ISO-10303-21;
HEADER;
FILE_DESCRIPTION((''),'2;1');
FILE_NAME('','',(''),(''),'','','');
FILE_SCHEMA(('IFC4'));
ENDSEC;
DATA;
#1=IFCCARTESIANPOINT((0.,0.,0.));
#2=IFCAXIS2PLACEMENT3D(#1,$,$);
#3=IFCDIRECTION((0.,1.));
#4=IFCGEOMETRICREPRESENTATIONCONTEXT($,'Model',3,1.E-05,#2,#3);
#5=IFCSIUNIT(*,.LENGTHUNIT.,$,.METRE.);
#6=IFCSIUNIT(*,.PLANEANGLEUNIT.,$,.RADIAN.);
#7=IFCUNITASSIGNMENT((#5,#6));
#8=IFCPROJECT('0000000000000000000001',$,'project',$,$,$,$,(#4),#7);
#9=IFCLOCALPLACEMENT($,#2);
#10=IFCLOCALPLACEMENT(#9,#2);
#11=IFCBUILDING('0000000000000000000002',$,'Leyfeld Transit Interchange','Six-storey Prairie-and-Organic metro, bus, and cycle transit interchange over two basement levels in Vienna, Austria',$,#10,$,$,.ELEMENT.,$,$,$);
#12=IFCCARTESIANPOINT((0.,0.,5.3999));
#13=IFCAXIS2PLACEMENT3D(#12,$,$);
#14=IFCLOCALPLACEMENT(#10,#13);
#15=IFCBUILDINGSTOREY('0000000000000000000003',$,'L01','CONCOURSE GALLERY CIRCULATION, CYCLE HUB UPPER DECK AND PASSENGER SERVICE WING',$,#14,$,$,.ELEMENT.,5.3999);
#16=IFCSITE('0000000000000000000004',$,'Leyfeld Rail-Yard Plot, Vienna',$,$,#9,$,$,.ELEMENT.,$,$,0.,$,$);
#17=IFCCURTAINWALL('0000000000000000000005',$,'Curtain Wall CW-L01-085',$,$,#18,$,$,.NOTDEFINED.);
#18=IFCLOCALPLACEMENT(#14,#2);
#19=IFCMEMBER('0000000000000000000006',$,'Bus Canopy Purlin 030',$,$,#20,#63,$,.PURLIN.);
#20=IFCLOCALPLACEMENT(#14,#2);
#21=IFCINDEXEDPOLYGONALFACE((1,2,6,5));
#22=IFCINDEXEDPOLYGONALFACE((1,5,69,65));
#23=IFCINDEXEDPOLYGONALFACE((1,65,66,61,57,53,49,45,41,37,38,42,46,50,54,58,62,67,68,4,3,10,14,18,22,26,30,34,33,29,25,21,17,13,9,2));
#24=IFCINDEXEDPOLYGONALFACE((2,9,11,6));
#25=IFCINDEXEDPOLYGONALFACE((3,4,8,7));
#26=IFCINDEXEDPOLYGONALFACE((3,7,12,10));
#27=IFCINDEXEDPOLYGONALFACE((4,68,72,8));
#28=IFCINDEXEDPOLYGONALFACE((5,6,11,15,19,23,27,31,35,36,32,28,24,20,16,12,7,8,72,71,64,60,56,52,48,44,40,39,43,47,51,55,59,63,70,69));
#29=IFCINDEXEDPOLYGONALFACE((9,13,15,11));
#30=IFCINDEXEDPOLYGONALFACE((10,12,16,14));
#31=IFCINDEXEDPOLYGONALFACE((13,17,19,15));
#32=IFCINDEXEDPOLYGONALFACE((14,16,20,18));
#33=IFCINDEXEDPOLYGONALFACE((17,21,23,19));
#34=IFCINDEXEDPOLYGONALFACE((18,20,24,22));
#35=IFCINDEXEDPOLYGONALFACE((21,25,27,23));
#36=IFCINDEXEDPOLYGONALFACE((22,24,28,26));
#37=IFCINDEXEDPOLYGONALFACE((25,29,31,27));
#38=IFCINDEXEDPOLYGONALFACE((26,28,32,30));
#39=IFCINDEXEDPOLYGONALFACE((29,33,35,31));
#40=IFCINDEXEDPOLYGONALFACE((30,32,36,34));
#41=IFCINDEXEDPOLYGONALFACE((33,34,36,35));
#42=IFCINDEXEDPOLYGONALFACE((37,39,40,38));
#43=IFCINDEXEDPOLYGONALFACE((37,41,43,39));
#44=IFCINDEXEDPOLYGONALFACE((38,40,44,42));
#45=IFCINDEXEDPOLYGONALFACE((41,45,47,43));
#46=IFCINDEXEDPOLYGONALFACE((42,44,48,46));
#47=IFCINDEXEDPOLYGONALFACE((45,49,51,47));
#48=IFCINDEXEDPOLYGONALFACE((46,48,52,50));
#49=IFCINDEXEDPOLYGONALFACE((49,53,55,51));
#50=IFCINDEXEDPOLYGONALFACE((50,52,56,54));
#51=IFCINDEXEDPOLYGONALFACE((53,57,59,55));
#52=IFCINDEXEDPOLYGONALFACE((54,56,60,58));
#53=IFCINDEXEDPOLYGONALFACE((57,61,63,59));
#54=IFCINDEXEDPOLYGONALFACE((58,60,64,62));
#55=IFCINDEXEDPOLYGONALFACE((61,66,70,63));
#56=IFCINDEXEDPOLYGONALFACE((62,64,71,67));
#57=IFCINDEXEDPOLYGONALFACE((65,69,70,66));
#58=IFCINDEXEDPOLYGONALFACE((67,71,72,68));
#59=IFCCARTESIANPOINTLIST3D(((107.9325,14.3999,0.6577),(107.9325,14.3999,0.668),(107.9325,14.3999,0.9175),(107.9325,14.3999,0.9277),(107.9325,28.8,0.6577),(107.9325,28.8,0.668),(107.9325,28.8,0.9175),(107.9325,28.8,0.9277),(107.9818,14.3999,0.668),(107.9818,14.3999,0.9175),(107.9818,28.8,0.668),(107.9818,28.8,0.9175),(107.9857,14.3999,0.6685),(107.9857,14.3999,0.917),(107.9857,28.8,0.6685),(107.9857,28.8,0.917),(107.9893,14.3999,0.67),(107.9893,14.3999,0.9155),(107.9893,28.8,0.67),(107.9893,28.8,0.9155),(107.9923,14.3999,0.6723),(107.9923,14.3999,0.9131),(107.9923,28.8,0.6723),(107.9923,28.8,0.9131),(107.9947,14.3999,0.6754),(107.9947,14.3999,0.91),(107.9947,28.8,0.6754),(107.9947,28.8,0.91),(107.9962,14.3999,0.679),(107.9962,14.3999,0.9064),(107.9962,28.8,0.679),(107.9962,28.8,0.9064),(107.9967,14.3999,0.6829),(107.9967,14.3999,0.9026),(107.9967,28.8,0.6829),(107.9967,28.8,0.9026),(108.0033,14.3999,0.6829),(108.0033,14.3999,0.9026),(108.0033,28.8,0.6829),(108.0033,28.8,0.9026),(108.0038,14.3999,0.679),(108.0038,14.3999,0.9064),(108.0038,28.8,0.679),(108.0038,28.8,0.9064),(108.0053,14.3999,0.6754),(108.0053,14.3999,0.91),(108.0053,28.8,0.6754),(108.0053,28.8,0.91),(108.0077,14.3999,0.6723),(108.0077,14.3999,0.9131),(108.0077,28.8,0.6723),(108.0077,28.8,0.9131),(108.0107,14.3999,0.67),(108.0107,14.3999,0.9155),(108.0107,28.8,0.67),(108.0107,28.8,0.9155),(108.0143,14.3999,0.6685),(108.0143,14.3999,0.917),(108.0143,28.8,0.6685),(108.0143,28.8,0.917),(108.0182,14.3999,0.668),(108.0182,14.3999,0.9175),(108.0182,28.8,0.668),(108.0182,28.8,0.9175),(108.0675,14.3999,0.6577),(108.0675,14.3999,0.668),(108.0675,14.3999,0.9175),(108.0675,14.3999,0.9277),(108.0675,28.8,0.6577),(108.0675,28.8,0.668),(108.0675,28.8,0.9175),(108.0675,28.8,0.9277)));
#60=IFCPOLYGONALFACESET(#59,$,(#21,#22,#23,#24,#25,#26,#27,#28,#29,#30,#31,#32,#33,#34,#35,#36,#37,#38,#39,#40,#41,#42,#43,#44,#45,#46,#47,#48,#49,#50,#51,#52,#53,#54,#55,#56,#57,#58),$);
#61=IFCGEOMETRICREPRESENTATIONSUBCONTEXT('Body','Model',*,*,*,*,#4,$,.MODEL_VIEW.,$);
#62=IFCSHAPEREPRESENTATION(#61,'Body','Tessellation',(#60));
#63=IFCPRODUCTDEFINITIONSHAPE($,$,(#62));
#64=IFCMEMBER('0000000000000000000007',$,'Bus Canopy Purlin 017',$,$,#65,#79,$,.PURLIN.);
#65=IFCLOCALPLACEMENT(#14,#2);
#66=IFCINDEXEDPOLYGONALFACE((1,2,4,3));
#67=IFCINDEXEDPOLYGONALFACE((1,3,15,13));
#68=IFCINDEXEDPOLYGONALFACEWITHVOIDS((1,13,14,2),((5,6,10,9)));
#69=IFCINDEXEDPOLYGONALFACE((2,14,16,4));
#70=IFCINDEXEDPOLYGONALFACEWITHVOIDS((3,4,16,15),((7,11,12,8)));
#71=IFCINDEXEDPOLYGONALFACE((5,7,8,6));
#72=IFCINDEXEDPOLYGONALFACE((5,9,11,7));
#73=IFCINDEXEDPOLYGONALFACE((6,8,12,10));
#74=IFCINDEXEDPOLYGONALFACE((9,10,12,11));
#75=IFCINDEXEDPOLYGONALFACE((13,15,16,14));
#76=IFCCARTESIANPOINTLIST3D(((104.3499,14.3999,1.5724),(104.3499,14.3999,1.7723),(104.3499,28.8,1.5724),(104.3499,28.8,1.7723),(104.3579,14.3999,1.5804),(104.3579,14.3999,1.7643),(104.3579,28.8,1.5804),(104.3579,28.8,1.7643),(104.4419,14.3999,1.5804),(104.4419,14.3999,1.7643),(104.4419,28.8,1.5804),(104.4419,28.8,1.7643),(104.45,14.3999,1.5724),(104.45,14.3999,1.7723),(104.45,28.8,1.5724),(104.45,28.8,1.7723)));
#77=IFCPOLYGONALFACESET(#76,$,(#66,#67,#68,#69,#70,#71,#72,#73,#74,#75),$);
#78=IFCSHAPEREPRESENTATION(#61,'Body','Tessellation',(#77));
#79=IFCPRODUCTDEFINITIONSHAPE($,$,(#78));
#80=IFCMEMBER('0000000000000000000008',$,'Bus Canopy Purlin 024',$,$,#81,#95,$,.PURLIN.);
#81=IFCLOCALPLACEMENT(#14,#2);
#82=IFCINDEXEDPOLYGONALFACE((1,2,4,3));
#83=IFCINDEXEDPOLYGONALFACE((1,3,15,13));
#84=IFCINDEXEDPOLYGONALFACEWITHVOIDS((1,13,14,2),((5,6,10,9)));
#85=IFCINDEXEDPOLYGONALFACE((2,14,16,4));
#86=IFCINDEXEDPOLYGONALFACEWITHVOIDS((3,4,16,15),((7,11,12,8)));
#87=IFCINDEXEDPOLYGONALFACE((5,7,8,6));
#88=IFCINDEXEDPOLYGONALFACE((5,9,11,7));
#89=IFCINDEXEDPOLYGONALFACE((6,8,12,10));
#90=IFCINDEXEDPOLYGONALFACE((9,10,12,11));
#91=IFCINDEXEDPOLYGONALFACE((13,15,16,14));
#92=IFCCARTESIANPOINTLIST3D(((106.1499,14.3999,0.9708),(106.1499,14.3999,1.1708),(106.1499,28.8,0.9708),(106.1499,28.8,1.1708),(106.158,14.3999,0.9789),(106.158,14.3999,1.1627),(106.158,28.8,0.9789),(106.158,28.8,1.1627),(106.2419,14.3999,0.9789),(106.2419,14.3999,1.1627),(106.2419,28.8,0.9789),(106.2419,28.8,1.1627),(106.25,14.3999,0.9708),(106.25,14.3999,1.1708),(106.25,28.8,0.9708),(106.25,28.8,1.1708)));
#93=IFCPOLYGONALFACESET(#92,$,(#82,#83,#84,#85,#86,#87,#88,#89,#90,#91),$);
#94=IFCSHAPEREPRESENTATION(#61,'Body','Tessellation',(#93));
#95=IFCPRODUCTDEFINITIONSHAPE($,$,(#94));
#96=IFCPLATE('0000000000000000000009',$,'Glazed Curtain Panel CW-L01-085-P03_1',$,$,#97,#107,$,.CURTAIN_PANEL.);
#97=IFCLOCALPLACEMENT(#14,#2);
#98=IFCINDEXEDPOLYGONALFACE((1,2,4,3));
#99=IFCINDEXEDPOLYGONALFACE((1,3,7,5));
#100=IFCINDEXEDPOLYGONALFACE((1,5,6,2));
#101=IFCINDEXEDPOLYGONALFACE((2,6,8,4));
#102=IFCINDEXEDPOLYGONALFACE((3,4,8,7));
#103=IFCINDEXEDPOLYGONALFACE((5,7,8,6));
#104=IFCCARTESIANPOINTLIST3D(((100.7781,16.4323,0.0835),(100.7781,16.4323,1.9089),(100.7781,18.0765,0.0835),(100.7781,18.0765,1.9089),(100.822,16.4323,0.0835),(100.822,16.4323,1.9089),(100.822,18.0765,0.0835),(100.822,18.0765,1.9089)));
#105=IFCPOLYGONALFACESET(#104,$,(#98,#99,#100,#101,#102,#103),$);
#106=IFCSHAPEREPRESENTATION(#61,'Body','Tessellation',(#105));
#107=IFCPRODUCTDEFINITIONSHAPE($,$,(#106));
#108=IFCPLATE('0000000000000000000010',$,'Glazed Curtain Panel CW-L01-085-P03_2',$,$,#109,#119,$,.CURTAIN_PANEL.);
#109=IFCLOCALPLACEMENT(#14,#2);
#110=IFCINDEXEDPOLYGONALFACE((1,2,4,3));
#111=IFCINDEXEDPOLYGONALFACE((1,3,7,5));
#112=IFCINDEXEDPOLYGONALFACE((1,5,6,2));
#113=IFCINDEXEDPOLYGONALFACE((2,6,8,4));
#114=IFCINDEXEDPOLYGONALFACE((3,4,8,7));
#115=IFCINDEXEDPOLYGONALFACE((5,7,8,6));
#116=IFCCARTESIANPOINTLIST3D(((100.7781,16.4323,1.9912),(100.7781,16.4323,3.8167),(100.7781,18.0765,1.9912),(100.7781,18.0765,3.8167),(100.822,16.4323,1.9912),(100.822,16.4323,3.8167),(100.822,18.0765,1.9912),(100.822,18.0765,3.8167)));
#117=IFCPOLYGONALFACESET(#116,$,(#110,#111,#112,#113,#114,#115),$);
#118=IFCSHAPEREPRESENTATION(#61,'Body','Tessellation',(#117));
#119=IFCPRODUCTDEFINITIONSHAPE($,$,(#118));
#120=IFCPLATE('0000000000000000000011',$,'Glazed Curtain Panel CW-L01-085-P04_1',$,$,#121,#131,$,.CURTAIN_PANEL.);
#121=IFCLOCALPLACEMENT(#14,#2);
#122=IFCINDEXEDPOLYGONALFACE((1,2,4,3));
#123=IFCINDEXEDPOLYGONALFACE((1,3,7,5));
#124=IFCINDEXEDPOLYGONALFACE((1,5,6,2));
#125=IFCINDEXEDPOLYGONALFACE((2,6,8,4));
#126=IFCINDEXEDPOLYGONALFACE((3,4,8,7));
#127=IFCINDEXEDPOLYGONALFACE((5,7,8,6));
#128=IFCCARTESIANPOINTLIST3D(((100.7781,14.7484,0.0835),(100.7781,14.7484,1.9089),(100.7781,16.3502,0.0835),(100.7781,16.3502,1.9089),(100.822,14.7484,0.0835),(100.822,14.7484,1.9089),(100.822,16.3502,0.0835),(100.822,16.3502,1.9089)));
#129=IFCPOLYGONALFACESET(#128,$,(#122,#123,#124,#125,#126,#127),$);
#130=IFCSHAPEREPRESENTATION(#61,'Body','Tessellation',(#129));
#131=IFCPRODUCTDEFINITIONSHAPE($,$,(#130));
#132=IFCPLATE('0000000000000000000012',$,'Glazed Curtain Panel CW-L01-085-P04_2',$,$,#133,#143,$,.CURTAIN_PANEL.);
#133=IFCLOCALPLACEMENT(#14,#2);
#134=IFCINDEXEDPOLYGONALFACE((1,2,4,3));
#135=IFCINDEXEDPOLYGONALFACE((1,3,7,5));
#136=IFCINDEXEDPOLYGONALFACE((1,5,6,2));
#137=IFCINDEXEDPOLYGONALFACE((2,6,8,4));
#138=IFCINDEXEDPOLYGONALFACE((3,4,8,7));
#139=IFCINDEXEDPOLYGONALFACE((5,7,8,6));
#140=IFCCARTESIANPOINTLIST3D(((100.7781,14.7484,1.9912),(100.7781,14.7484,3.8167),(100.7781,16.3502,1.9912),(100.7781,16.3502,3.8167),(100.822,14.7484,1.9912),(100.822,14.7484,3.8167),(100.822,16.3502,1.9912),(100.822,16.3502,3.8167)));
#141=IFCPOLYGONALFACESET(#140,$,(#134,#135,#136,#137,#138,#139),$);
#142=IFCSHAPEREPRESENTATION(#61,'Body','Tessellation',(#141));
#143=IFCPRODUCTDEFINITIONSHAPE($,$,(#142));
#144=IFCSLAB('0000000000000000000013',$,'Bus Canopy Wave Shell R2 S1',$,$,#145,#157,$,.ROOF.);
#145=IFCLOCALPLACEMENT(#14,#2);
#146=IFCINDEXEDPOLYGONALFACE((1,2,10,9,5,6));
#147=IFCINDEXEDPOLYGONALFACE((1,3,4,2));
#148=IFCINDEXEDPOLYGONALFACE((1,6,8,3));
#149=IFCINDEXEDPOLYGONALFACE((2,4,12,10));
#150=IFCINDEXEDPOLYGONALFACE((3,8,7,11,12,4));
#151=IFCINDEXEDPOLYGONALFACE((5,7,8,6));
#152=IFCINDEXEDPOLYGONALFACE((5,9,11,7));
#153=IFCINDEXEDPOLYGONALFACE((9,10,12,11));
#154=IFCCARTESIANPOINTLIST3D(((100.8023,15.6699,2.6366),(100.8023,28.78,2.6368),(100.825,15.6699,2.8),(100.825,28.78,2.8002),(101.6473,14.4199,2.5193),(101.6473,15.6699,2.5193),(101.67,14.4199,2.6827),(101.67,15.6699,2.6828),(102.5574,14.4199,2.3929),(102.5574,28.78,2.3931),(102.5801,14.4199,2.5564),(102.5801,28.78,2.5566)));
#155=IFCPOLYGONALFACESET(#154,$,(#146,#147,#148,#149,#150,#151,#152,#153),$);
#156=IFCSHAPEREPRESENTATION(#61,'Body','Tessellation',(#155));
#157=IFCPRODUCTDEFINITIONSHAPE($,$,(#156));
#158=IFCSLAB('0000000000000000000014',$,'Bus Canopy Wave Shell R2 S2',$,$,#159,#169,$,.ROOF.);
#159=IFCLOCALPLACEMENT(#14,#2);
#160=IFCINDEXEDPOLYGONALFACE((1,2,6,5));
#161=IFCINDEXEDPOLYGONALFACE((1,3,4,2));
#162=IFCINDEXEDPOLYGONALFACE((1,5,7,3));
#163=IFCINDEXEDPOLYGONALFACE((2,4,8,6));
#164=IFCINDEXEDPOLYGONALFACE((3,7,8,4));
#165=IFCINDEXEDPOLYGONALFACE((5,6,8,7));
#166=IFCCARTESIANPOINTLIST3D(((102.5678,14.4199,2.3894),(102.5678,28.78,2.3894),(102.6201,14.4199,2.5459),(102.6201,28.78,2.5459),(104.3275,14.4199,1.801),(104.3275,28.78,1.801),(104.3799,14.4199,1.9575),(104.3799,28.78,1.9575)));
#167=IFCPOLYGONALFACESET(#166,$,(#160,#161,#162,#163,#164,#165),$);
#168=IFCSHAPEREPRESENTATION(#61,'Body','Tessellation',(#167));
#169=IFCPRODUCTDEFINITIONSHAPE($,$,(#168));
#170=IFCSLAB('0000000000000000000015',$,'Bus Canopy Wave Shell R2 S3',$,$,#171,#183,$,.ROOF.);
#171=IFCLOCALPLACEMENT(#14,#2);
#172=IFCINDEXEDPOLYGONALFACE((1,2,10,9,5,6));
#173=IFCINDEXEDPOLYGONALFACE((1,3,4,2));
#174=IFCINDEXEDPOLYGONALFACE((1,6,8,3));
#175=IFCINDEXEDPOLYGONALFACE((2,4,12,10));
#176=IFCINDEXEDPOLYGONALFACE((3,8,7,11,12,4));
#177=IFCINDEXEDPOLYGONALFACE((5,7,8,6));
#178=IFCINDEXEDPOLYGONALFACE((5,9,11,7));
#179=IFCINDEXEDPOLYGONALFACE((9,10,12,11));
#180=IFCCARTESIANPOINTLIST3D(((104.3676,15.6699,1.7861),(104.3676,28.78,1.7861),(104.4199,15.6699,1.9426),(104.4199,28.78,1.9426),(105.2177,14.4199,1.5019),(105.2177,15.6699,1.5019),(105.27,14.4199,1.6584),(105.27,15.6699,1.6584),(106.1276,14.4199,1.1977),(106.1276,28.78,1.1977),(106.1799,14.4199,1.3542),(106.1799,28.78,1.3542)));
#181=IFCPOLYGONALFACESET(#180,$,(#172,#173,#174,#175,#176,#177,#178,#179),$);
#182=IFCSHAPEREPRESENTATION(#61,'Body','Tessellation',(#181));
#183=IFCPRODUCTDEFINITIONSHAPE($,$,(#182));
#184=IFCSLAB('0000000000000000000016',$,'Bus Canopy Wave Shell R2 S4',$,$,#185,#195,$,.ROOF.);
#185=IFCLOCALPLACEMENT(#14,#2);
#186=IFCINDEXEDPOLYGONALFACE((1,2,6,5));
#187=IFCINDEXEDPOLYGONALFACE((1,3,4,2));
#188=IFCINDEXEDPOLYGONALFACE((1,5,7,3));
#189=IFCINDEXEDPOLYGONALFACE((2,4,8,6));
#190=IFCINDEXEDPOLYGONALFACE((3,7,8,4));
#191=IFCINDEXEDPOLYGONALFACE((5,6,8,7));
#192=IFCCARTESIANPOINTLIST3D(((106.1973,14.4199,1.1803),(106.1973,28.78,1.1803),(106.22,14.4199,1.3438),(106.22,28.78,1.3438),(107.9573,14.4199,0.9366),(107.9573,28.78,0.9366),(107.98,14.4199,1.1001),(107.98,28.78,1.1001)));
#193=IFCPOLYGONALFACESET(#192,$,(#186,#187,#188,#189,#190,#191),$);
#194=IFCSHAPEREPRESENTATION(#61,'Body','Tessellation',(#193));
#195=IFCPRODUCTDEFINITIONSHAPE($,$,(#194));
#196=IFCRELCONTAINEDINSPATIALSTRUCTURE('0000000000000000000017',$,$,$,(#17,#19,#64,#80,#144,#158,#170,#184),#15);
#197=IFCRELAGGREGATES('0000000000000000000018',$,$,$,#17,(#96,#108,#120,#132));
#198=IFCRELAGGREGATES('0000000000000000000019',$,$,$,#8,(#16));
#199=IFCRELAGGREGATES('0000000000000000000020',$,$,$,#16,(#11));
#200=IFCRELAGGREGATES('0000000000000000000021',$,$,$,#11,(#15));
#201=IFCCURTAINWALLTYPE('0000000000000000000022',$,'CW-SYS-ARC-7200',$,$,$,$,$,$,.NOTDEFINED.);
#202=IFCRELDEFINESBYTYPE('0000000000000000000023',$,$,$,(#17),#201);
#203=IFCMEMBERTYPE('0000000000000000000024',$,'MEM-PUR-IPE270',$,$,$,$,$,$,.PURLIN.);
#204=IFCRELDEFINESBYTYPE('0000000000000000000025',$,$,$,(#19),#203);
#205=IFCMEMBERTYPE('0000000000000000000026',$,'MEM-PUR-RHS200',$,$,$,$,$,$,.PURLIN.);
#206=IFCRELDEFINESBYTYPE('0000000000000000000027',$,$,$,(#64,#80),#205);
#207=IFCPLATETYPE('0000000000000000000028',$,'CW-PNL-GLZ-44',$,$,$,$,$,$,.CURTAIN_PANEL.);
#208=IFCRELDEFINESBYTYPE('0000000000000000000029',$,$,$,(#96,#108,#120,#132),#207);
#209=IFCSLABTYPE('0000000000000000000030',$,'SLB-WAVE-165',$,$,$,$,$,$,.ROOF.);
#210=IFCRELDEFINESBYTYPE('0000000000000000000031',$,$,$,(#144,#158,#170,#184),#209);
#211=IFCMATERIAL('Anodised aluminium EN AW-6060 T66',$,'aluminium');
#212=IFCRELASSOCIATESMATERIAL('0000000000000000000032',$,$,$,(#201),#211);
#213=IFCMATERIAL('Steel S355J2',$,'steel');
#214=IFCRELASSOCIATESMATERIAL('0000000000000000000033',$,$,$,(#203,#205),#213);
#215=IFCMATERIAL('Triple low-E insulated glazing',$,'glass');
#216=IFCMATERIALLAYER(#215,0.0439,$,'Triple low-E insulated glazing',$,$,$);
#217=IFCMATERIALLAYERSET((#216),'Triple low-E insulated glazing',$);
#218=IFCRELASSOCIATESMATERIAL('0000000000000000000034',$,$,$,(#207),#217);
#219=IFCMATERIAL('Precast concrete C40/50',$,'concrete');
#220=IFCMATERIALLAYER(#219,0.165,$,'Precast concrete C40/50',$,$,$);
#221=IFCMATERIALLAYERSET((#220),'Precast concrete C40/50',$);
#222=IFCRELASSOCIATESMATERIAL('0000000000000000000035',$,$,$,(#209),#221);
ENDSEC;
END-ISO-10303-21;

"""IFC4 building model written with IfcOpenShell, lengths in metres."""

from ifc_helpers import new_model, si_unit, direction, frame, origin, origin_2d, place, context, subcontext, project, spatial, polyline, rectangle, hollow_rectangle, i_section, outline, extrude, material, layer, layer_set, material_profile, profile_set, type_object, element, aggregate, save


model = new_model("IFC4")

# Units and contexts
model_context = context("Model", 3, precision=1e-05, world=origin(), true_north=direction((0.0, 1.0)))
body_context = subcontext(model_context, "Body", "Model", "MODEL_VIEW")
ifc_project = project(units=[si_unit("LENGTHUNIT", "METRE"), si_unit("PLANEANGLEUNIT", "RADIAN")], contexts=[model_context])

# Site, building, storey
site_placement = place(None, origin())
site = spatial("IfcSite", under=ifc_project, at=site_placement, Name="Leyfeld Rail-Yard Plot, Vienna", CompositionType="ELEMENT", RefElevation=0.0)
building_placement = place(site_placement, origin())
building = spatial("IfcBuilding", under=site, at=building_placement, Name="Leyfeld Transit Interchange", Description="Six-storey Prairie-and-Organic metro, bus, and cycle transit interchange over two basement levels in Vienna, Austria", CompositionType="ELEMENT")
storey_placement = place(building_placement, frame((0.0, 0.0, 5.3999)))
storey = spatial("IfcBuildingStorey", under=building, at=storey_placement, Name="L01", Description="CONCOURSE GALLERY CIRCULATION, CYCLE HUB UPPER DECK AND PASSENGER SERVICE WING", CompositionType="ELEMENT", Elevation=5.3999)

# Curtain wall
ifc_material_1 = material(Name="Anodised aluminium EN AW-6060 T66", Category="aluminium")
curtain_wall_type = type_object("IfcCurtainWallType", Name="CW-SYS-ARC-7200", PredefinedType="NOTDEFINED", material=ifc_material_1)
curtain_wall_placement = place(storey_placement, origin())
curtain_wall = element("IfcCurtainWall", 1, at=curtain_wall_placement, inside=storey, type_object=curtain_wall_type, Name="Curtain Wall CW-L01-085", PredefinedType="NOTDEFINED")

# Members
ifc_material_2 = material(Name="Steel S355J2", Category="steel")
ifc_material_profile_1 = material_profile(ifc_material_2, i_section(OverallWidth=0.135, OverallDepth=0.27, WebThickness=0.0066, FlangeThickness=0.0103, FilletRadius=0.0149, at=origin_2d()), Name="IPE 270")
ifc_profile_set_1 = profile_set([ifc_material_profile_1], Name="Steel S355J2")
member_type_1 = type_object("IfcMemberType", Name="MEM-PUR-IPE270", PredefinedType="PURLIN", material=ifc_profile_set_1)
member_1_placement = place(storey_placement, frame((108.0, 14.3999, 0.7927), z_axis=(0.0, 1.0, 0.0), x_axis=(-1.0, 0.0, 0.0)))
element("IfcMember", 2, at=member_1_placement, inside=storey, type_object=member_type_1, Name="Bus Canopy Purlin 030", PredefinedType="PURLIN", context=body_context, shape_type="SweptSolid", body=[
    extrude(i_section(OverallWidth=0.135, OverallDepth=0.27, WebThickness=0.0066, FlangeThickness=0.0103, FilletRadius=0.0149, at=origin_2d()), origin(), (0.0, 0.0, 1.0), 14.4001),
])
ifc_material_profile_2 = material_profile(ifc_material_2, hollow_rectangle(XDim=0.1001, YDim=0.2, WallThickness=0.0081, at=origin_2d()), Name="RHS 200x100x8")
ifc_profile_set_2 = profile_set([ifc_material_profile_2], Name="Steel S355J2")
member_type_2 = type_object("IfcMemberType", Name="MEM-PUR-RHS200", PredefinedType="PURLIN", material=ifc_profile_set_2)
for number, where, z_axis, x_axis, name in (
    (3, (104.3999, 14.3999, 1.6724), (0.0, 1.0, 0.0), (-1.0, 0.0, 0.0), "Bus Canopy Purlin 017"),
    (4, (106.2, 14.3999, 1.0708), (0.0, 1.0, 0.0), (-1.0, 0.0, 0.0), "Bus Canopy Purlin 024"),
):
    element("IfcMember", number, at=place(storey_placement, frame(where, z_axis=z_axis, x_axis=x_axis)), inside=storey, type_object=member_type_2, Name=name, PredefinedType="PURLIN", context=body_context, shape_type="SweptSolid", body=[
        extrude(hollow_rectangle(XDim=0.1001, YDim=0.2, WallThickness=0.0081, at=origin_2d()), origin(), (0.0, 0.0, 1.0), 14.4001),
    ])

# Plates
ifc_material_3 = material(Name="Triple low-E insulated glazing", Category="glass")
ifc_layer_1 = layer(ifc_material_3, 0.0439, Name="Triple low-E insulated glazing")
ifc_layer_set_1 = layer_set([ifc_layer_1], Name="Triple low-E insulated glazing")
plate_type = type_object("IfcPlateType", Name="CW-PNL-GLZ-44", PredefinedType="CURTAIN_PANEL", material=ifc_layer_set_1)
plate_1_placement = place(storey_placement, frame((100.8, 17.2544, 0.0835), z_axis=(0.0, 0.0, 1.0), x_axis=(0.0, -1.0, 0.0)))
plate_1 = element("IfcPlate", 5, at=plate_1_placement, type_object=plate_type, Name="Glazed Curtain Panel CW-L01-085-P03_1", PredefinedType="CURTAIN_PANEL", context=body_context, shape_type="SweptSolid", body=[
    extrude(rectangle(XDim=1.6443, YDim=0.0439, at=origin_2d()), origin(), (0.0, 0.0, 1.0), 1.8254),
])
plate_2_placement = place(storey_placement, frame((100.8, 17.2544, 1.9912), z_axis=(0.0, 0.0, 1.0), x_axis=(0.0, -1.0, 0.0)))
plate_2 = element("IfcPlate", 6, at=plate_2_placement, type_object=plate_type, Name="Glazed Curtain Panel CW-L01-085-P03_2", PredefinedType="CURTAIN_PANEL", context=body_context, shape_type="SweptSolid", body=[
    extrude(rectangle(XDim=1.6443, YDim=0.0439, at=origin_2d()), origin(), (0.0, 0.0, 1.0), 1.8254),
])
plate_3_placement = place(storey_placement, frame((100.8, 15.5493, 0.0835), z_axis=(0.0, 0.0, 1.0), x_axis=(0.0, -1.0, 0.0)))
plate_3 = element("IfcPlate", 7, at=plate_3_placement, type_object=plate_type, Name="Glazed Curtain Panel CW-L01-085-P04_1", PredefinedType="CURTAIN_PANEL", context=body_context, shape_type="SweptSolid", body=[
    extrude(rectangle(XDim=1.6018, YDim=0.0439, at=origin_2d()), origin(), (0.0, 0.0, 1.0), 1.8254),
])
plate_4_placement = place(storey_placement, frame((100.8, 15.5493, 1.9912), z_axis=(0.0, 0.0, 1.0), x_axis=(0.0, -1.0, 0.0)))
plate_4 = element("IfcPlate", 8, at=plate_4_placement, type_object=plate_type, Name="Glazed Curtain Panel CW-L01-085-P04_2", PredefinedType="CURTAIN_PANEL", context=body_context, shape_type="SweptSolid", body=[
    extrude(rectangle(XDim=1.6018, YDim=0.0439, at=origin_2d()), origin(), (0.0, 0.0, 1.0), 1.8254),
])
aggregate(curtain_wall, [plate_1, plate_2, plate_3, plate_4])

# Slabs
ifc_material_4 = material(Name="Precast concrete C40/50", Category="concrete")
ifc_layer_2 = layer(ifc_material_4, 0.165, Name="Precast concrete C40/50")
ifc_layer_set_2 = layer_set([ifc_layer_2], Name="Precast concrete C40/50")
slab_type = type_object("IfcSlabType", Name="SLB-WAVE-165", PredefinedType="ROOF", material=ifc_layer_set_2)
slab_1_placement = place(storey_placement, frame((100.825, 15.6699, 2.8), z_axis=(0.137486, -0.000013, 0.990504), x_axis=(0.990504, 0.0, -0.137486)))
element("IfcSlab", 9, at=slab_1_placement, inside=storey, type_object=slab_type, Name="Bus Canopy Wave Shell R2 S1", PredefinedType="ROOF", context=body_context, shape_type="SweptSolid", body=[
    extrude(outline(polyline([(0.0, 0.0), (0.8531, 0.0), (0.8531, -1.25), (1.772, -1.25), (1.772, 13.1101), (0.0, 13.1101), (0.0, 0.0)])), origin(), (0.0, 0.0, -1.0), 0.165),
])
slab_2_placement = place(storey_placement, frame((102.6201, 14.4199, 2.5459), z_axis=(0.317096, 0.0, 0.948393), x_axis=(0.948393, 0.0, -0.317096)))
element("IfcSlab", 10, at=slab_2_placement, inside=storey, type_object=slab_type, Name="Bus Canopy Wave Shell R2 S2", PredefinedType="ROOF", context=body_context, shape_type="SweptSolid", body=[
    extrude(outline(polyline([(0.0, 0.0), (1.8555, 0.0), (1.8555, 14.3601), (0.0, 14.3601), (0.0, 0.0)])), origin(), (0.0, 0.0, -1.0), 0.165),
])
slab_3_placement = place(storey_placement, frame((104.4199, 15.6699, 1.9426), z_axis=(0.317057, 0.0, 0.948406), x_axis=(0.948406, 0.0, -0.317057)))
element("IfcSlab", 11, at=slab_3_placement, inside=storey, type_object=slab_type, Name="Bus Canopy Wave Shell R2 S3", PredefinedType="ROOF", context=body_context, shape_type="SweptSolid", body=[
    extrude(outline(polyline([(0.0, 0.0), (0.8963, 0.0), (0.8963, -1.25), (1.8558, -1.25), (1.8558, 13.1101), (0.0, 13.1101), (0.0, 0.0)])), origin(), (0.0, 0.0, -1.0), 0.165),
])
slab_4_placement = place(storey_placement, frame((106.22, 14.4199, 1.3438), z_axis=(0.13713, 0.0, 0.990553), x_axis=(0.990553, 0.0, -0.13713)))
element("IfcSlab", 12, at=slab_4_placement, inside=storey, type_object=slab_type, Name="Bus Canopy Wave Shell R2 S4", PredefinedType="ROOF", context=body_context, shape_type="SweptSolid", body=[
    extrude(outline(polyline([(0.0, 0.0), (1.7768, 0.0), (1.7768, 14.3601), (0.0, 14.3601), (0.0, 0.0)])), origin(), (0.0, 0.0, -1.0), 0.165),
])

save(model, "model.ifc")
